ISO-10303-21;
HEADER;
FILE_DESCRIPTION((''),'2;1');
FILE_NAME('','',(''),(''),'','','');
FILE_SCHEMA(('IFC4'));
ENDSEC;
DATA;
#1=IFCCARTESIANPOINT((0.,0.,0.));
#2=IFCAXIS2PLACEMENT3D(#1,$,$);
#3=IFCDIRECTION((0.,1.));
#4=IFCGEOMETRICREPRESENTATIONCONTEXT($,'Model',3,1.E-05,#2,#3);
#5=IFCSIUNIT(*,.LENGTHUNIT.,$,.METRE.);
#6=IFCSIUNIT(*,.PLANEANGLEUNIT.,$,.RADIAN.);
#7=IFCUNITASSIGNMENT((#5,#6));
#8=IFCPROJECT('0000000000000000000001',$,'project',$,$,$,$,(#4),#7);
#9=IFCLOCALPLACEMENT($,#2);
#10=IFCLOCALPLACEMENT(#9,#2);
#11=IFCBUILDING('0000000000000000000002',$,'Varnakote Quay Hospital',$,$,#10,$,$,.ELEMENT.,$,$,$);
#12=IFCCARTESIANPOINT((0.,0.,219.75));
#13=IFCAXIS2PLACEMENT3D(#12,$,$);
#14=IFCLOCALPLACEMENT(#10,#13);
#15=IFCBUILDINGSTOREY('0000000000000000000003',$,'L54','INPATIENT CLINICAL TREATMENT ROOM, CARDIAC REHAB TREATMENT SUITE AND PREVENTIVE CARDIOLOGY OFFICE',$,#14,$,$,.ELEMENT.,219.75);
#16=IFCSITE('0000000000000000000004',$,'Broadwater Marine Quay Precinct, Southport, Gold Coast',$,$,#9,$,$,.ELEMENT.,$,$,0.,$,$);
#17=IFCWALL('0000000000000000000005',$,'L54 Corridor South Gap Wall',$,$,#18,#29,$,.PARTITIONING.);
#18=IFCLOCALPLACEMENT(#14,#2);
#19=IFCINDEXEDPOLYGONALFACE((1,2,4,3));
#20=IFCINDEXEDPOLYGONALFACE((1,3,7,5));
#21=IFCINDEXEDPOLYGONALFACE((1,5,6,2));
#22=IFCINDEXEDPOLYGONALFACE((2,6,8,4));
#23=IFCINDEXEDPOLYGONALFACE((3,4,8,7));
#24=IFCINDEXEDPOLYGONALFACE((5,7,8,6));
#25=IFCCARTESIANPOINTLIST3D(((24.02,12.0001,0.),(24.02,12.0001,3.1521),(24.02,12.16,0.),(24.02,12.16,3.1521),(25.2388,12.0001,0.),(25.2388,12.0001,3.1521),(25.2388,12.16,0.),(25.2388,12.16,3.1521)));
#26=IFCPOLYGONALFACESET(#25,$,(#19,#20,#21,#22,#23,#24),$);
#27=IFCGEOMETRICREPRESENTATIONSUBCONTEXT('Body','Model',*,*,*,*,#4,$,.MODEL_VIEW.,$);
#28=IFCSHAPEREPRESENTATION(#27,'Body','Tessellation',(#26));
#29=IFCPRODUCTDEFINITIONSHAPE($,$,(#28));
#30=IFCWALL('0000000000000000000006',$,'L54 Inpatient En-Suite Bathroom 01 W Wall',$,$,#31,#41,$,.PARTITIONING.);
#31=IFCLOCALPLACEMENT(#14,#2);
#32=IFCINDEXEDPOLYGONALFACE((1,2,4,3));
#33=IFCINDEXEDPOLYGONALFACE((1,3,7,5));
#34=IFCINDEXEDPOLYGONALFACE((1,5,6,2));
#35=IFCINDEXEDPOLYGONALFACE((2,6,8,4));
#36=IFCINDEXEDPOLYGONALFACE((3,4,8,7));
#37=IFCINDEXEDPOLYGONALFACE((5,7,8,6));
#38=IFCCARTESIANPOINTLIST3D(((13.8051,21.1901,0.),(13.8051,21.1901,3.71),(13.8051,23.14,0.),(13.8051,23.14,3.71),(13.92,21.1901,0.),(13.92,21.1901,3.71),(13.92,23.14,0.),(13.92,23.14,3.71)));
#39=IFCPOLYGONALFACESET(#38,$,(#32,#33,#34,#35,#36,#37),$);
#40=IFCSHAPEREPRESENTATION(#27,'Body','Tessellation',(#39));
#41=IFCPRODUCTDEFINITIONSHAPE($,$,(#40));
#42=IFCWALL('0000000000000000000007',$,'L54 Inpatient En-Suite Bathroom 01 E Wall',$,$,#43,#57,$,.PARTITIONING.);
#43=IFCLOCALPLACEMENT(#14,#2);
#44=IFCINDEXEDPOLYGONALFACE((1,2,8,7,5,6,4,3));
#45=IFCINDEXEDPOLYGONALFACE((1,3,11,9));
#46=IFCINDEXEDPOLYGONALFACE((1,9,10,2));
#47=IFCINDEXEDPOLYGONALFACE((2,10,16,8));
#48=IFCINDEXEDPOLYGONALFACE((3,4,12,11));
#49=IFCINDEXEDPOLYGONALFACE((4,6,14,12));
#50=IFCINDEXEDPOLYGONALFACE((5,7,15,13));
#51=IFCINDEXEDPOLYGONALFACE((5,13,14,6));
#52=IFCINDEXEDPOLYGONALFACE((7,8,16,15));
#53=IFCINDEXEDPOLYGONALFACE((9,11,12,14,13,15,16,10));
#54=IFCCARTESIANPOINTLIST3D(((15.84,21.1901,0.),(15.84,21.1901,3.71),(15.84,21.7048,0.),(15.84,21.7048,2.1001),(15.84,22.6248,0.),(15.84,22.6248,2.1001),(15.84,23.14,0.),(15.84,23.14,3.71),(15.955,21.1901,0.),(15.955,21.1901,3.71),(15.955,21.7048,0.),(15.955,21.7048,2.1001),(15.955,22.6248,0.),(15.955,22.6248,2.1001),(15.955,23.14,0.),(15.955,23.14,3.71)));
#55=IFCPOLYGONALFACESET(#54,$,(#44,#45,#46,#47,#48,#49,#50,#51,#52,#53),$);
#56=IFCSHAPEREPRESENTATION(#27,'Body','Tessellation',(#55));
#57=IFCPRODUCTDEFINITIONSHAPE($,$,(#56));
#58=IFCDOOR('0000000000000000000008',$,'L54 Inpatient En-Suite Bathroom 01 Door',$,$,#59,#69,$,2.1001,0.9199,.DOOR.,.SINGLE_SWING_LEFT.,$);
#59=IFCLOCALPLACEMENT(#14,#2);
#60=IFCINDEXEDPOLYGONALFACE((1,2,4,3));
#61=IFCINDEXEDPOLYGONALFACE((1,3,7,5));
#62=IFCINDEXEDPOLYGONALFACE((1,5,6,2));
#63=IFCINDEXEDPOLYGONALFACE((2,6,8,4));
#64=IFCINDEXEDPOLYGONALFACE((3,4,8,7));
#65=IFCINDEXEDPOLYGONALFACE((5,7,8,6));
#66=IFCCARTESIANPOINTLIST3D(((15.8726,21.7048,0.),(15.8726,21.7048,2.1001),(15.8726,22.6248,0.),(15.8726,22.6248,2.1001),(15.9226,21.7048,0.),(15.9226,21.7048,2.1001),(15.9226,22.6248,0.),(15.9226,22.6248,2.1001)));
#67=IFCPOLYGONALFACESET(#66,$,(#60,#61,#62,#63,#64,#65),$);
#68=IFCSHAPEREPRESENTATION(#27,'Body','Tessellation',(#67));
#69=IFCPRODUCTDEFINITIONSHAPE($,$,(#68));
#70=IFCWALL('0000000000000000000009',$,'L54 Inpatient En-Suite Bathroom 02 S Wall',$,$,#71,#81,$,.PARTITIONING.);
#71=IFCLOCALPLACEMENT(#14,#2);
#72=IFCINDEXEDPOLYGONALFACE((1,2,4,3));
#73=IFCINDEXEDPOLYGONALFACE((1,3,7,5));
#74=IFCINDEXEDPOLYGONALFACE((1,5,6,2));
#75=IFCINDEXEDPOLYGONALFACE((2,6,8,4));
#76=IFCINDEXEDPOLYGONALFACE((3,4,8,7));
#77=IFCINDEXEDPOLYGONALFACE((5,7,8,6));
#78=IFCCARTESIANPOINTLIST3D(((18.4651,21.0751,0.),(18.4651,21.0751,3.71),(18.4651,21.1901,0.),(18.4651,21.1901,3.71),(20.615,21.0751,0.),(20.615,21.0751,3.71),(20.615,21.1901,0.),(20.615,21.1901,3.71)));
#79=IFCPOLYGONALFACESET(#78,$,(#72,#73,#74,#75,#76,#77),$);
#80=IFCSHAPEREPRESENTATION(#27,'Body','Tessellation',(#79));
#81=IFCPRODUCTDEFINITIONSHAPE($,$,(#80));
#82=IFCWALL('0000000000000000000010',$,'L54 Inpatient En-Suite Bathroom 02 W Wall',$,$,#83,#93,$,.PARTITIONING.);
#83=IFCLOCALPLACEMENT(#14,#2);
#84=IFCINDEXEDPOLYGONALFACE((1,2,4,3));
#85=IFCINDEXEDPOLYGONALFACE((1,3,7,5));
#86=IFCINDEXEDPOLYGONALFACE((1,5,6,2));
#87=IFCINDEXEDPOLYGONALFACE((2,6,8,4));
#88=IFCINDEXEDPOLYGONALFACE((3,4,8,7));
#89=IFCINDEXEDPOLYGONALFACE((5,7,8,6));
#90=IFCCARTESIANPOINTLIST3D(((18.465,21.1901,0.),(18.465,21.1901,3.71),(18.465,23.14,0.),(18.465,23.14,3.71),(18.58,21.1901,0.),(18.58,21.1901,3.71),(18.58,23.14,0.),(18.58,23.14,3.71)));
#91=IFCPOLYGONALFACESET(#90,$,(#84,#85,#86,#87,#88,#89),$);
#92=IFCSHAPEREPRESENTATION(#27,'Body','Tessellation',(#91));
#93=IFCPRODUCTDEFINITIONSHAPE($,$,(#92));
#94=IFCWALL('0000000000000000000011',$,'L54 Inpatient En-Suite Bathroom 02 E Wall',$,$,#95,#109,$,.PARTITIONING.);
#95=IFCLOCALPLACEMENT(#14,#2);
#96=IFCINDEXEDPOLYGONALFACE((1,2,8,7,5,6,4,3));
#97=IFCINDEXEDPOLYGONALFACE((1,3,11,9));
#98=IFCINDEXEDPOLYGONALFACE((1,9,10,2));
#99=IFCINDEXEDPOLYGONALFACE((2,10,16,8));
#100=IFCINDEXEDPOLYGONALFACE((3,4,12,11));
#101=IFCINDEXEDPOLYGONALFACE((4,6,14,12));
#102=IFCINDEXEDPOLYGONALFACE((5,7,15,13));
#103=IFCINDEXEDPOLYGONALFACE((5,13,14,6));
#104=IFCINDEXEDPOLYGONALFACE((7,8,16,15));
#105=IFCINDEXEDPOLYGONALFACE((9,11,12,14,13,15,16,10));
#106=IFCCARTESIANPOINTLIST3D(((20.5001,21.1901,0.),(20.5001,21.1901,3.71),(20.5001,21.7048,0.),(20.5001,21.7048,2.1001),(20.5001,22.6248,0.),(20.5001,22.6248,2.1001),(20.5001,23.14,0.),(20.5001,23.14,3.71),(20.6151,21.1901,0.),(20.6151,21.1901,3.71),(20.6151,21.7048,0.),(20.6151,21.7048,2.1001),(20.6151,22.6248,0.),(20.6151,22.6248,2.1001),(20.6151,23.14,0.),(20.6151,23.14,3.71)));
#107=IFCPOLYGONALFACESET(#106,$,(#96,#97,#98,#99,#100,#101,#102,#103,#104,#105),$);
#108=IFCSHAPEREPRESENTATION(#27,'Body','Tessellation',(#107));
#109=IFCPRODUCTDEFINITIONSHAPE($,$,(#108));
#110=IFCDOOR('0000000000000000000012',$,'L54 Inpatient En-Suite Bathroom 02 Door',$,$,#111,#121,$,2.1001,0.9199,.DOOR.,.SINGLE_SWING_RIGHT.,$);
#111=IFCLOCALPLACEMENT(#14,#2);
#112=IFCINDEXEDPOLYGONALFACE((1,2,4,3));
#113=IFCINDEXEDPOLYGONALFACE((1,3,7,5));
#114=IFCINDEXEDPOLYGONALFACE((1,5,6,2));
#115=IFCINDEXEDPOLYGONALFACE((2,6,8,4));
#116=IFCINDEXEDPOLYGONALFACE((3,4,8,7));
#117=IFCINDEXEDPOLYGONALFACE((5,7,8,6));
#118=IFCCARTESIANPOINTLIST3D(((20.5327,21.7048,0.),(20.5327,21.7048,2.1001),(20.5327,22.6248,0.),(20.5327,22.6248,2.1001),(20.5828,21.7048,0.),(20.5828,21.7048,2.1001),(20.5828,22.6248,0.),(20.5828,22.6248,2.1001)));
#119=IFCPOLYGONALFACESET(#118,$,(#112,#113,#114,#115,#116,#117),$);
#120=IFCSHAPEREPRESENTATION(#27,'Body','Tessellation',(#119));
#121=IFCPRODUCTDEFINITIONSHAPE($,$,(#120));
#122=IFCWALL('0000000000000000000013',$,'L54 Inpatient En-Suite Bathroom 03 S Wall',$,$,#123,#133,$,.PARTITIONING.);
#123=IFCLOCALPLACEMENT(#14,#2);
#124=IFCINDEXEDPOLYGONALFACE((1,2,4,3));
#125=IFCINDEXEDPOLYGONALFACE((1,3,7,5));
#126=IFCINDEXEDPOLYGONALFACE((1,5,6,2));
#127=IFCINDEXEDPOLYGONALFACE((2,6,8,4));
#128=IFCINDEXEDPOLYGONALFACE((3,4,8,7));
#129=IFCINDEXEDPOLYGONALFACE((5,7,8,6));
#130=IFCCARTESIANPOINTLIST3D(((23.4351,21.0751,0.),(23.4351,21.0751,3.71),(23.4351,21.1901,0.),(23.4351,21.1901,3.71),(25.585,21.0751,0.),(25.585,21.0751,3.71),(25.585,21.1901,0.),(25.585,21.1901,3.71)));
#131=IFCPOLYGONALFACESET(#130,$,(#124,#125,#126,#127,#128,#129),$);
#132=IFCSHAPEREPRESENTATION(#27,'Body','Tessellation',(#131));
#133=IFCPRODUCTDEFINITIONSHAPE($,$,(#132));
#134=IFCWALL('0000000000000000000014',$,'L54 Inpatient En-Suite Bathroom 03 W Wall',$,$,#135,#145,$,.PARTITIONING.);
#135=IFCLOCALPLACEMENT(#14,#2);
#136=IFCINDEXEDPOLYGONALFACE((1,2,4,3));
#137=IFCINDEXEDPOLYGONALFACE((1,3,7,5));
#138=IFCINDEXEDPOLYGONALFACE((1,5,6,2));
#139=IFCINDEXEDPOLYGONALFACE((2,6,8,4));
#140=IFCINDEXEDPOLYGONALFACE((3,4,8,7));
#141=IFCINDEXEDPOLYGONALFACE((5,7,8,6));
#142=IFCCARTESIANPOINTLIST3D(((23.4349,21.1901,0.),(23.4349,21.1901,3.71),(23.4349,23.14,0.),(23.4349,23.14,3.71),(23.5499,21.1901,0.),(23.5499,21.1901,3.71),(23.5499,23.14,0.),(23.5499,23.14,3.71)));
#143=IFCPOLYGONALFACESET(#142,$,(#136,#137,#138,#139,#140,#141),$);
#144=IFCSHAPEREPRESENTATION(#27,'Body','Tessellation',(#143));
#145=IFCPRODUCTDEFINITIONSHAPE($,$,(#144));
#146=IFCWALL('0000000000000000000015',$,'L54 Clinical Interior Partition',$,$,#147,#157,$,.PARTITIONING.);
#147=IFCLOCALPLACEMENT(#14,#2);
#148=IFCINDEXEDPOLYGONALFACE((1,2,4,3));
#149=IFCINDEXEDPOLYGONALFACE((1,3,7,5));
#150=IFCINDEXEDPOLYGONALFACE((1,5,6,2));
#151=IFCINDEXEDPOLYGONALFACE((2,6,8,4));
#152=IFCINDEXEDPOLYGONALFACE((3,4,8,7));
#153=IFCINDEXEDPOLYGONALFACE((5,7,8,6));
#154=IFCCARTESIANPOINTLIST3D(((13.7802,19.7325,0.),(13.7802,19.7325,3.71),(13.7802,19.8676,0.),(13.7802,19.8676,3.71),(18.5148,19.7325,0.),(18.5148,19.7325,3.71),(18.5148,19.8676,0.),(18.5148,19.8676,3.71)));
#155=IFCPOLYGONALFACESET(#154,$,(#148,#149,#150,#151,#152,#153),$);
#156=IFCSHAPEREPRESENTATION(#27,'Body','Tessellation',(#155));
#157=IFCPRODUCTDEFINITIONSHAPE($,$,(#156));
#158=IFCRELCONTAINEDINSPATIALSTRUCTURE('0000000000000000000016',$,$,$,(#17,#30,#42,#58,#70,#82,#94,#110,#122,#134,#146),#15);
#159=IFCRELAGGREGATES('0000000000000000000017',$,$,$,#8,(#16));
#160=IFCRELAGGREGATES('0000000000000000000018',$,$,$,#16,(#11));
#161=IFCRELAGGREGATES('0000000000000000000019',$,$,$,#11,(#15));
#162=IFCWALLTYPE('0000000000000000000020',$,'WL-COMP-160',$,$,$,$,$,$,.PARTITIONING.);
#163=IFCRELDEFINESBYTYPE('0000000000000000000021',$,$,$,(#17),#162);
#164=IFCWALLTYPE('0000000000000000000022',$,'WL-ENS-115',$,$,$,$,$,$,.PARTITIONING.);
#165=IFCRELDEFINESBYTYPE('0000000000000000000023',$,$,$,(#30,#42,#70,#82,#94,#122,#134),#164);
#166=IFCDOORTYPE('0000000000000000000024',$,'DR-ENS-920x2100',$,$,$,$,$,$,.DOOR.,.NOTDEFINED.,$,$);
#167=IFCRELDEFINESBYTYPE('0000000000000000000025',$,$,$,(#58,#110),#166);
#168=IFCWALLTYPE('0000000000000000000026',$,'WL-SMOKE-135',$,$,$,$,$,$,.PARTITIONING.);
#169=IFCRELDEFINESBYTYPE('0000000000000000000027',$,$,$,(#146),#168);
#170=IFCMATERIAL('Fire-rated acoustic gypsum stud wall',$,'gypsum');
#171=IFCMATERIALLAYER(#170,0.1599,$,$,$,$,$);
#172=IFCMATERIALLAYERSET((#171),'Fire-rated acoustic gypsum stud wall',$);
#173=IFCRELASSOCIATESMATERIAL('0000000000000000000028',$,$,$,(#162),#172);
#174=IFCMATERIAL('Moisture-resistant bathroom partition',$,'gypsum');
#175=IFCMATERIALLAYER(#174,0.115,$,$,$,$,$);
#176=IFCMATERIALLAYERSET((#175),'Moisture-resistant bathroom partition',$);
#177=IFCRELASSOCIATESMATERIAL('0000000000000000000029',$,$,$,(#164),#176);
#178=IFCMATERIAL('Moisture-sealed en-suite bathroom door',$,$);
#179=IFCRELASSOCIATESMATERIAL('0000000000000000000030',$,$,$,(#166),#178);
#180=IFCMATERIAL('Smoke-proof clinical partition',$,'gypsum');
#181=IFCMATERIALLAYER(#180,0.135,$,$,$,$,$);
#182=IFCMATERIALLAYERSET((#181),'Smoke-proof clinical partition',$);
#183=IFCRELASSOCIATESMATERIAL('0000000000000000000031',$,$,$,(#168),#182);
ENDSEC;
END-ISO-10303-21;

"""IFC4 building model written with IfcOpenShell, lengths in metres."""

from ifc_helpers import new_model, si_unit, direction, frame, frame_2d, origin, place, context, subcontext, project, spatial, rectangle, extrude, material, layer, layer_set, type_object, element, fill, save


model = new_model("IFC4")

# Units and contexts
model_context = context("Model", 3, precision=1e-05, world=origin(), true_north=direction((0.0, 1.0)))
body_context = subcontext(model_context, "Body", "Model", "MODEL_VIEW")
ifc_project = project(units=[si_unit("LENGTHUNIT", "METRE"), si_unit("PLANEANGLEUNIT", "RADIAN")], contexts=[model_context])

# Site, building, storey
site_placement = place(None, origin())
site = spatial("IfcSite", under=ifc_project, at=site_placement, Name="Broadwater Marine Quay Precinct, Southport, Gold Coast", CompositionType="ELEMENT", RefElevation=0.0)
building_placement = place(site_placement, origin())
building = spatial("IfcBuilding", under=site, at=building_placement, Name="Varnakote Quay Hospital", CompositionType="ELEMENT")
storey_placement = place(building_placement, frame((0.0, 0.0, 219.75)))
storey = spatial("IfcBuildingStorey", under=building, at=storey_placement, Name="L54", Description="INPATIENT CLINICAL TREATMENT ROOM, CARDIAC REHAB TREATMENT SUITE AND PREVENTIVE CARDIOLOGY OFFICE", CompositionType="ELEMENT", Elevation=219.75)

# Shared definitions
ifc_material_1 = material(Name="Fire-rated acoustic gypsum stud wall", Category="gypsum")
ifc_layer_1 = layer(ifc_material_1, 0.1599)
ifc_layer_set_1 = layer_set([ifc_layer_1], Name="Fire-rated acoustic gypsum stud wall")
wall_type_1 = type_object("IfcWallType", Name="WL-COMP-160", PredefinedType="PARTITIONING", material=ifc_layer_set_1)

# Walls
wall_1_placement = place(storey_placement, frame((24.02, 12.0801, 0.0), z_axis=(0.0, 0.0, 1.0), x_axis=(1.0, 0.0, 0.0)))
element("IfcWall", 1, at=wall_1_placement, inside=storey, type_object=wall_type_1, Name="L54 Corridor South Gap Wall", PredefinedType="PARTITIONING", context=body_context, shape_type="SweptSolid", body=[
    extrude(rectangle(XDim=1.2188, YDim=0.1599, at=frame_2d((0.6094, 0.0))), origin(), (0.0, 0.0, 1.0), 3.1521),
])
ifc_material_2 = material(Name="Moisture-resistant bathroom partition", Category="gypsum")
ifc_layer_2 = layer(ifc_material_2, 0.115)
ifc_layer_set_2 = layer_set([ifc_layer_2], Name="Moisture-resistant bathroom partition")
wall_type_2 = type_object("IfcWallType", Name="WL-ENS-115", PredefinedType="PARTITIONING", material=ifc_layer_set_2)
wall_2_placement = place(storey_placement, frame((13.8625, 21.1899, 0.0), z_axis=(0.0, 0.0, 1.0), x_axis=(0.0, 1.0, 0.0)))
element("IfcWall", 2, at=wall_2_placement, inside=storey, type_object=wall_type_2, Name="L54 Inpatient En-Suite Bathroom 01 W Wall", PredefinedType="PARTITIONING", context=body_context, shape_type="SweptSolid", body=[
    extrude(rectangle(XDim=1.95, YDim=0.115, at=frame_2d((0.9751, 0.0))), origin(), (0.0, 0.0, 1.0), 3.71),
])

# Wall, opening, door
wall_3_placement = place(storey_placement, frame((15.8975, 21.1899, 0.0), z_axis=(0.0, 0.0, 1.0), x_axis=(0.0, 1.0, 0.0)))
wall_3 = element("IfcWall", 3, at=wall_3_placement, inside=storey, type_object=wall_type_2, Name="L54 Inpatient En-Suite Bathroom 01 E Wall", PredefinedType="PARTITIONING", context=body_context, shape_type="SweptSolid", body=[
    extrude(rectangle(XDim=1.95, YDim=0.115, at=frame_2d((0.9751, 0.0))), origin(), (0.0, 0.0, 1.0), 3.71),
])
opening_1_placement = place(wall_3_placement, frame((0.5149, 0.0, 0.0)))
opening_1 = element("IfcOpeningElement", 4, at=opening_1_placement, cuts=wall_3, PredefinedType="OPENING", context=body_context, shape_type="SweptSolid", body=[
    extrude(rectangle(XDim=0.9199, YDim=2.1001, at=frame_2d((0.46, 1.05))), frame((0.0, 0.0674, 0.0), z_axis=(0.0, -1.0, 0.0), x_axis=(1.0, 0.0, 0.0)), (0.0, 0.0, 1.0), 0.135),
])
ifc_material_3 = material(Name="Moisture-sealed en-suite bathroom door")
door_type_1 = type_object("IfcDoorType", Name="DR-ENS-920x2100", OperationType="NOTDEFINED", PredefinedType="DOOR", material=ifc_material_3)
door_1_placement = place(opening_1_placement, origin())
door_1 = element("IfcDoor", 5, at=door_1_placement, inside=storey, type_object=door_type_1, Name="L54 Inpatient En-Suite Bathroom 01 Door", OperationType="SINGLE_SWING_LEFT", OverallHeight=2.1001, OverallWidth=0.9199, PredefinedType="DOOR", context=body_context, shape_type="SweptSolid", body=[
    extrude(rectangle(XDim=0.9199, YDim=2.1001, at=frame_2d((0.46, 1.05))), frame((0.0, 0.0249, 0.0), z_axis=(0.0, -1.0, 0.0), x_axis=(1.0, 0.0, 0.0)), (0.0, 0.0, 1.0), 0.05),
])
fill(opening_1, door_1)

# Walls
wall_4_placement = place(storey_placement, frame((18.4651, 21.1326, 0.0), z_axis=(0.0, 0.0, 1.0), x_axis=(1.0, 0.0, 0.0)))
element("IfcWall", 6, at=wall_4_placement, inside=storey, type_object=wall_type_2, Name="L54 Inpatient En-Suite Bathroom 02 S Wall", PredefinedType="PARTITIONING", context=body_context, shape_type="SweptSolid", body=[
    extrude(rectangle(XDim=2.1499, YDim=0.115, at=frame_2d((1.075, 0.0))), origin(), (0.0, 0.0, 1.0), 3.71),
])
wall_5_placement = place(storey_placement, frame((18.5225, 21.1899, 0.0), z_axis=(0.0, 0.0, 1.0), x_axis=(0.0, 1.0, 0.0)))
element("IfcWall", 7, at=wall_5_placement, inside=storey, type_object=wall_type_2, Name="L54 Inpatient En-Suite Bathroom 02 W Wall", PredefinedType="PARTITIONING", context=body_context, shape_type="SweptSolid", body=[
    extrude(rectangle(XDim=1.95, YDim=0.115, at=frame_2d((0.9751, 0.0))), origin(), (0.0, 0.0, 1.0), 3.71),
])

# Wall, opening, door
wall_6_placement = place(storey_placement, frame((20.5576, 21.1899, 0.0), z_axis=(0.0, 0.0, 1.0), x_axis=(0.0, 1.0, 0.0)))
wall_6 = element("IfcWall", 8, at=wall_6_placement, inside=storey, type_object=wall_type_2, Name="L54 Inpatient En-Suite Bathroom 02 E Wall", PredefinedType="PARTITIONING", context=body_context, shape_type="SweptSolid", body=[
    extrude(rectangle(XDim=1.95, YDim=0.115, at=frame_2d((0.9751, 0.0))), origin(), (0.0, 0.0, 1.0), 3.71),
])
opening_2_placement = place(wall_6_placement, frame((0.5149, 0.0, 0.0)))
opening_2 = element("IfcOpeningElement", 9, at=opening_2_placement, cuts=wall_6, PredefinedType="OPENING", context=body_context, shape_type="SweptSolid", body=[
    extrude(rectangle(XDim=0.9199, YDim=2.1001, at=frame_2d((0.46, 1.05))), frame((0.0, 0.0674, 0.0), z_axis=(0.0, -1.0, 0.0), x_axis=(1.0, 0.0, 0.0)), (0.0, 0.0, 1.0), 0.135),
])
door_2_placement = place(opening_2_placement, origin())
door_2 = element("IfcDoor", 10, at=door_2_placement, inside=storey, type_object=door_type_1, Name="L54 Inpatient En-Suite Bathroom 02 Door", OperationType="SINGLE_SWING_RIGHT", OverallHeight=2.1001, OverallWidth=0.9199, PredefinedType="DOOR", context=body_context, shape_type="SweptSolid", body=[
    extrude(rectangle(XDim=0.9199, YDim=2.1001, at=frame_2d((0.46, 1.05))), frame((0.0, 0.0249, 0.0), z_axis=(0.0, -1.0, 0.0), x_axis=(1.0, 0.0, 0.0)), (0.0, 0.0, 1.0), 0.05),
])
fill(opening_2, door_2)

# Walls
wall_7_placement = place(storey_placement, frame((23.4351, 21.1326, 0.0), z_axis=(0.0, 0.0, 1.0), x_axis=(1.0, 0.0, 0.0)))
element("IfcWall", 11, at=wall_7_placement, inside=storey, type_object=wall_type_2, Name="L54 Inpatient En-Suite Bathroom 03 S Wall", PredefinedType="PARTITIONING", context=body_context, shape_type="SweptSolid", body=[
    extrude(rectangle(XDim=2.1499, YDim=0.115, at=frame_2d((1.075, 0.0))), origin(), (0.0, 0.0, 1.0), 3.71),
])
wall_8_placement = place(storey_placement, frame((23.4924, 21.1899, 0.0), z_axis=(0.0, 0.0, 1.0), x_axis=(0.0, 1.0, 0.0)))
element("IfcWall", 12, at=wall_8_placement, inside=storey, type_object=wall_type_2, Name="L54 Inpatient En-Suite Bathroom 03 W Wall", PredefinedType="PARTITIONING", context=body_context, shape_type="SweptSolid", body=[
    extrude(rectangle(XDim=1.95, YDim=0.115, at=frame_2d((0.9751, 0.0))), origin(), (0.0, 0.0, 1.0), 3.71),
])
ifc_material_4 = material(Name="Smoke-proof clinical partition", Category="gypsum")
ifc_layer_3 = layer(ifc_material_4, 0.135)
ifc_layer_set_3 = layer_set([ifc_layer_3], Name="Smoke-proof clinical partition")
wall_type_3 = type_object("IfcWallType", Name="WL-SMOKE-135", PredefinedType="PARTITIONING", material=ifc_layer_set_3)
wall_9_placement = place(storey_placement, frame((18.5146, 19.8, 0.0), z_axis=(0.0, 0.0, 1.0), x_axis=(-1.0, 0.0, 0.0)))
element("IfcWall", 13, at=wall_9_placement, inside=storey, type_object=wall_type_3, Name="L54 Clinical Interior Partition", PredefinedType="PARTITIONING", context=body_context, shape_type="SweptSolid", body=[
    extrude(rectangle(XDim=4.7346, YDim=0.135, at=frame_2d((2.3672, 0.0))), origin(), (0.0, 0.0, 1.0), 3.71),
])

save(model, "model.ifc")
